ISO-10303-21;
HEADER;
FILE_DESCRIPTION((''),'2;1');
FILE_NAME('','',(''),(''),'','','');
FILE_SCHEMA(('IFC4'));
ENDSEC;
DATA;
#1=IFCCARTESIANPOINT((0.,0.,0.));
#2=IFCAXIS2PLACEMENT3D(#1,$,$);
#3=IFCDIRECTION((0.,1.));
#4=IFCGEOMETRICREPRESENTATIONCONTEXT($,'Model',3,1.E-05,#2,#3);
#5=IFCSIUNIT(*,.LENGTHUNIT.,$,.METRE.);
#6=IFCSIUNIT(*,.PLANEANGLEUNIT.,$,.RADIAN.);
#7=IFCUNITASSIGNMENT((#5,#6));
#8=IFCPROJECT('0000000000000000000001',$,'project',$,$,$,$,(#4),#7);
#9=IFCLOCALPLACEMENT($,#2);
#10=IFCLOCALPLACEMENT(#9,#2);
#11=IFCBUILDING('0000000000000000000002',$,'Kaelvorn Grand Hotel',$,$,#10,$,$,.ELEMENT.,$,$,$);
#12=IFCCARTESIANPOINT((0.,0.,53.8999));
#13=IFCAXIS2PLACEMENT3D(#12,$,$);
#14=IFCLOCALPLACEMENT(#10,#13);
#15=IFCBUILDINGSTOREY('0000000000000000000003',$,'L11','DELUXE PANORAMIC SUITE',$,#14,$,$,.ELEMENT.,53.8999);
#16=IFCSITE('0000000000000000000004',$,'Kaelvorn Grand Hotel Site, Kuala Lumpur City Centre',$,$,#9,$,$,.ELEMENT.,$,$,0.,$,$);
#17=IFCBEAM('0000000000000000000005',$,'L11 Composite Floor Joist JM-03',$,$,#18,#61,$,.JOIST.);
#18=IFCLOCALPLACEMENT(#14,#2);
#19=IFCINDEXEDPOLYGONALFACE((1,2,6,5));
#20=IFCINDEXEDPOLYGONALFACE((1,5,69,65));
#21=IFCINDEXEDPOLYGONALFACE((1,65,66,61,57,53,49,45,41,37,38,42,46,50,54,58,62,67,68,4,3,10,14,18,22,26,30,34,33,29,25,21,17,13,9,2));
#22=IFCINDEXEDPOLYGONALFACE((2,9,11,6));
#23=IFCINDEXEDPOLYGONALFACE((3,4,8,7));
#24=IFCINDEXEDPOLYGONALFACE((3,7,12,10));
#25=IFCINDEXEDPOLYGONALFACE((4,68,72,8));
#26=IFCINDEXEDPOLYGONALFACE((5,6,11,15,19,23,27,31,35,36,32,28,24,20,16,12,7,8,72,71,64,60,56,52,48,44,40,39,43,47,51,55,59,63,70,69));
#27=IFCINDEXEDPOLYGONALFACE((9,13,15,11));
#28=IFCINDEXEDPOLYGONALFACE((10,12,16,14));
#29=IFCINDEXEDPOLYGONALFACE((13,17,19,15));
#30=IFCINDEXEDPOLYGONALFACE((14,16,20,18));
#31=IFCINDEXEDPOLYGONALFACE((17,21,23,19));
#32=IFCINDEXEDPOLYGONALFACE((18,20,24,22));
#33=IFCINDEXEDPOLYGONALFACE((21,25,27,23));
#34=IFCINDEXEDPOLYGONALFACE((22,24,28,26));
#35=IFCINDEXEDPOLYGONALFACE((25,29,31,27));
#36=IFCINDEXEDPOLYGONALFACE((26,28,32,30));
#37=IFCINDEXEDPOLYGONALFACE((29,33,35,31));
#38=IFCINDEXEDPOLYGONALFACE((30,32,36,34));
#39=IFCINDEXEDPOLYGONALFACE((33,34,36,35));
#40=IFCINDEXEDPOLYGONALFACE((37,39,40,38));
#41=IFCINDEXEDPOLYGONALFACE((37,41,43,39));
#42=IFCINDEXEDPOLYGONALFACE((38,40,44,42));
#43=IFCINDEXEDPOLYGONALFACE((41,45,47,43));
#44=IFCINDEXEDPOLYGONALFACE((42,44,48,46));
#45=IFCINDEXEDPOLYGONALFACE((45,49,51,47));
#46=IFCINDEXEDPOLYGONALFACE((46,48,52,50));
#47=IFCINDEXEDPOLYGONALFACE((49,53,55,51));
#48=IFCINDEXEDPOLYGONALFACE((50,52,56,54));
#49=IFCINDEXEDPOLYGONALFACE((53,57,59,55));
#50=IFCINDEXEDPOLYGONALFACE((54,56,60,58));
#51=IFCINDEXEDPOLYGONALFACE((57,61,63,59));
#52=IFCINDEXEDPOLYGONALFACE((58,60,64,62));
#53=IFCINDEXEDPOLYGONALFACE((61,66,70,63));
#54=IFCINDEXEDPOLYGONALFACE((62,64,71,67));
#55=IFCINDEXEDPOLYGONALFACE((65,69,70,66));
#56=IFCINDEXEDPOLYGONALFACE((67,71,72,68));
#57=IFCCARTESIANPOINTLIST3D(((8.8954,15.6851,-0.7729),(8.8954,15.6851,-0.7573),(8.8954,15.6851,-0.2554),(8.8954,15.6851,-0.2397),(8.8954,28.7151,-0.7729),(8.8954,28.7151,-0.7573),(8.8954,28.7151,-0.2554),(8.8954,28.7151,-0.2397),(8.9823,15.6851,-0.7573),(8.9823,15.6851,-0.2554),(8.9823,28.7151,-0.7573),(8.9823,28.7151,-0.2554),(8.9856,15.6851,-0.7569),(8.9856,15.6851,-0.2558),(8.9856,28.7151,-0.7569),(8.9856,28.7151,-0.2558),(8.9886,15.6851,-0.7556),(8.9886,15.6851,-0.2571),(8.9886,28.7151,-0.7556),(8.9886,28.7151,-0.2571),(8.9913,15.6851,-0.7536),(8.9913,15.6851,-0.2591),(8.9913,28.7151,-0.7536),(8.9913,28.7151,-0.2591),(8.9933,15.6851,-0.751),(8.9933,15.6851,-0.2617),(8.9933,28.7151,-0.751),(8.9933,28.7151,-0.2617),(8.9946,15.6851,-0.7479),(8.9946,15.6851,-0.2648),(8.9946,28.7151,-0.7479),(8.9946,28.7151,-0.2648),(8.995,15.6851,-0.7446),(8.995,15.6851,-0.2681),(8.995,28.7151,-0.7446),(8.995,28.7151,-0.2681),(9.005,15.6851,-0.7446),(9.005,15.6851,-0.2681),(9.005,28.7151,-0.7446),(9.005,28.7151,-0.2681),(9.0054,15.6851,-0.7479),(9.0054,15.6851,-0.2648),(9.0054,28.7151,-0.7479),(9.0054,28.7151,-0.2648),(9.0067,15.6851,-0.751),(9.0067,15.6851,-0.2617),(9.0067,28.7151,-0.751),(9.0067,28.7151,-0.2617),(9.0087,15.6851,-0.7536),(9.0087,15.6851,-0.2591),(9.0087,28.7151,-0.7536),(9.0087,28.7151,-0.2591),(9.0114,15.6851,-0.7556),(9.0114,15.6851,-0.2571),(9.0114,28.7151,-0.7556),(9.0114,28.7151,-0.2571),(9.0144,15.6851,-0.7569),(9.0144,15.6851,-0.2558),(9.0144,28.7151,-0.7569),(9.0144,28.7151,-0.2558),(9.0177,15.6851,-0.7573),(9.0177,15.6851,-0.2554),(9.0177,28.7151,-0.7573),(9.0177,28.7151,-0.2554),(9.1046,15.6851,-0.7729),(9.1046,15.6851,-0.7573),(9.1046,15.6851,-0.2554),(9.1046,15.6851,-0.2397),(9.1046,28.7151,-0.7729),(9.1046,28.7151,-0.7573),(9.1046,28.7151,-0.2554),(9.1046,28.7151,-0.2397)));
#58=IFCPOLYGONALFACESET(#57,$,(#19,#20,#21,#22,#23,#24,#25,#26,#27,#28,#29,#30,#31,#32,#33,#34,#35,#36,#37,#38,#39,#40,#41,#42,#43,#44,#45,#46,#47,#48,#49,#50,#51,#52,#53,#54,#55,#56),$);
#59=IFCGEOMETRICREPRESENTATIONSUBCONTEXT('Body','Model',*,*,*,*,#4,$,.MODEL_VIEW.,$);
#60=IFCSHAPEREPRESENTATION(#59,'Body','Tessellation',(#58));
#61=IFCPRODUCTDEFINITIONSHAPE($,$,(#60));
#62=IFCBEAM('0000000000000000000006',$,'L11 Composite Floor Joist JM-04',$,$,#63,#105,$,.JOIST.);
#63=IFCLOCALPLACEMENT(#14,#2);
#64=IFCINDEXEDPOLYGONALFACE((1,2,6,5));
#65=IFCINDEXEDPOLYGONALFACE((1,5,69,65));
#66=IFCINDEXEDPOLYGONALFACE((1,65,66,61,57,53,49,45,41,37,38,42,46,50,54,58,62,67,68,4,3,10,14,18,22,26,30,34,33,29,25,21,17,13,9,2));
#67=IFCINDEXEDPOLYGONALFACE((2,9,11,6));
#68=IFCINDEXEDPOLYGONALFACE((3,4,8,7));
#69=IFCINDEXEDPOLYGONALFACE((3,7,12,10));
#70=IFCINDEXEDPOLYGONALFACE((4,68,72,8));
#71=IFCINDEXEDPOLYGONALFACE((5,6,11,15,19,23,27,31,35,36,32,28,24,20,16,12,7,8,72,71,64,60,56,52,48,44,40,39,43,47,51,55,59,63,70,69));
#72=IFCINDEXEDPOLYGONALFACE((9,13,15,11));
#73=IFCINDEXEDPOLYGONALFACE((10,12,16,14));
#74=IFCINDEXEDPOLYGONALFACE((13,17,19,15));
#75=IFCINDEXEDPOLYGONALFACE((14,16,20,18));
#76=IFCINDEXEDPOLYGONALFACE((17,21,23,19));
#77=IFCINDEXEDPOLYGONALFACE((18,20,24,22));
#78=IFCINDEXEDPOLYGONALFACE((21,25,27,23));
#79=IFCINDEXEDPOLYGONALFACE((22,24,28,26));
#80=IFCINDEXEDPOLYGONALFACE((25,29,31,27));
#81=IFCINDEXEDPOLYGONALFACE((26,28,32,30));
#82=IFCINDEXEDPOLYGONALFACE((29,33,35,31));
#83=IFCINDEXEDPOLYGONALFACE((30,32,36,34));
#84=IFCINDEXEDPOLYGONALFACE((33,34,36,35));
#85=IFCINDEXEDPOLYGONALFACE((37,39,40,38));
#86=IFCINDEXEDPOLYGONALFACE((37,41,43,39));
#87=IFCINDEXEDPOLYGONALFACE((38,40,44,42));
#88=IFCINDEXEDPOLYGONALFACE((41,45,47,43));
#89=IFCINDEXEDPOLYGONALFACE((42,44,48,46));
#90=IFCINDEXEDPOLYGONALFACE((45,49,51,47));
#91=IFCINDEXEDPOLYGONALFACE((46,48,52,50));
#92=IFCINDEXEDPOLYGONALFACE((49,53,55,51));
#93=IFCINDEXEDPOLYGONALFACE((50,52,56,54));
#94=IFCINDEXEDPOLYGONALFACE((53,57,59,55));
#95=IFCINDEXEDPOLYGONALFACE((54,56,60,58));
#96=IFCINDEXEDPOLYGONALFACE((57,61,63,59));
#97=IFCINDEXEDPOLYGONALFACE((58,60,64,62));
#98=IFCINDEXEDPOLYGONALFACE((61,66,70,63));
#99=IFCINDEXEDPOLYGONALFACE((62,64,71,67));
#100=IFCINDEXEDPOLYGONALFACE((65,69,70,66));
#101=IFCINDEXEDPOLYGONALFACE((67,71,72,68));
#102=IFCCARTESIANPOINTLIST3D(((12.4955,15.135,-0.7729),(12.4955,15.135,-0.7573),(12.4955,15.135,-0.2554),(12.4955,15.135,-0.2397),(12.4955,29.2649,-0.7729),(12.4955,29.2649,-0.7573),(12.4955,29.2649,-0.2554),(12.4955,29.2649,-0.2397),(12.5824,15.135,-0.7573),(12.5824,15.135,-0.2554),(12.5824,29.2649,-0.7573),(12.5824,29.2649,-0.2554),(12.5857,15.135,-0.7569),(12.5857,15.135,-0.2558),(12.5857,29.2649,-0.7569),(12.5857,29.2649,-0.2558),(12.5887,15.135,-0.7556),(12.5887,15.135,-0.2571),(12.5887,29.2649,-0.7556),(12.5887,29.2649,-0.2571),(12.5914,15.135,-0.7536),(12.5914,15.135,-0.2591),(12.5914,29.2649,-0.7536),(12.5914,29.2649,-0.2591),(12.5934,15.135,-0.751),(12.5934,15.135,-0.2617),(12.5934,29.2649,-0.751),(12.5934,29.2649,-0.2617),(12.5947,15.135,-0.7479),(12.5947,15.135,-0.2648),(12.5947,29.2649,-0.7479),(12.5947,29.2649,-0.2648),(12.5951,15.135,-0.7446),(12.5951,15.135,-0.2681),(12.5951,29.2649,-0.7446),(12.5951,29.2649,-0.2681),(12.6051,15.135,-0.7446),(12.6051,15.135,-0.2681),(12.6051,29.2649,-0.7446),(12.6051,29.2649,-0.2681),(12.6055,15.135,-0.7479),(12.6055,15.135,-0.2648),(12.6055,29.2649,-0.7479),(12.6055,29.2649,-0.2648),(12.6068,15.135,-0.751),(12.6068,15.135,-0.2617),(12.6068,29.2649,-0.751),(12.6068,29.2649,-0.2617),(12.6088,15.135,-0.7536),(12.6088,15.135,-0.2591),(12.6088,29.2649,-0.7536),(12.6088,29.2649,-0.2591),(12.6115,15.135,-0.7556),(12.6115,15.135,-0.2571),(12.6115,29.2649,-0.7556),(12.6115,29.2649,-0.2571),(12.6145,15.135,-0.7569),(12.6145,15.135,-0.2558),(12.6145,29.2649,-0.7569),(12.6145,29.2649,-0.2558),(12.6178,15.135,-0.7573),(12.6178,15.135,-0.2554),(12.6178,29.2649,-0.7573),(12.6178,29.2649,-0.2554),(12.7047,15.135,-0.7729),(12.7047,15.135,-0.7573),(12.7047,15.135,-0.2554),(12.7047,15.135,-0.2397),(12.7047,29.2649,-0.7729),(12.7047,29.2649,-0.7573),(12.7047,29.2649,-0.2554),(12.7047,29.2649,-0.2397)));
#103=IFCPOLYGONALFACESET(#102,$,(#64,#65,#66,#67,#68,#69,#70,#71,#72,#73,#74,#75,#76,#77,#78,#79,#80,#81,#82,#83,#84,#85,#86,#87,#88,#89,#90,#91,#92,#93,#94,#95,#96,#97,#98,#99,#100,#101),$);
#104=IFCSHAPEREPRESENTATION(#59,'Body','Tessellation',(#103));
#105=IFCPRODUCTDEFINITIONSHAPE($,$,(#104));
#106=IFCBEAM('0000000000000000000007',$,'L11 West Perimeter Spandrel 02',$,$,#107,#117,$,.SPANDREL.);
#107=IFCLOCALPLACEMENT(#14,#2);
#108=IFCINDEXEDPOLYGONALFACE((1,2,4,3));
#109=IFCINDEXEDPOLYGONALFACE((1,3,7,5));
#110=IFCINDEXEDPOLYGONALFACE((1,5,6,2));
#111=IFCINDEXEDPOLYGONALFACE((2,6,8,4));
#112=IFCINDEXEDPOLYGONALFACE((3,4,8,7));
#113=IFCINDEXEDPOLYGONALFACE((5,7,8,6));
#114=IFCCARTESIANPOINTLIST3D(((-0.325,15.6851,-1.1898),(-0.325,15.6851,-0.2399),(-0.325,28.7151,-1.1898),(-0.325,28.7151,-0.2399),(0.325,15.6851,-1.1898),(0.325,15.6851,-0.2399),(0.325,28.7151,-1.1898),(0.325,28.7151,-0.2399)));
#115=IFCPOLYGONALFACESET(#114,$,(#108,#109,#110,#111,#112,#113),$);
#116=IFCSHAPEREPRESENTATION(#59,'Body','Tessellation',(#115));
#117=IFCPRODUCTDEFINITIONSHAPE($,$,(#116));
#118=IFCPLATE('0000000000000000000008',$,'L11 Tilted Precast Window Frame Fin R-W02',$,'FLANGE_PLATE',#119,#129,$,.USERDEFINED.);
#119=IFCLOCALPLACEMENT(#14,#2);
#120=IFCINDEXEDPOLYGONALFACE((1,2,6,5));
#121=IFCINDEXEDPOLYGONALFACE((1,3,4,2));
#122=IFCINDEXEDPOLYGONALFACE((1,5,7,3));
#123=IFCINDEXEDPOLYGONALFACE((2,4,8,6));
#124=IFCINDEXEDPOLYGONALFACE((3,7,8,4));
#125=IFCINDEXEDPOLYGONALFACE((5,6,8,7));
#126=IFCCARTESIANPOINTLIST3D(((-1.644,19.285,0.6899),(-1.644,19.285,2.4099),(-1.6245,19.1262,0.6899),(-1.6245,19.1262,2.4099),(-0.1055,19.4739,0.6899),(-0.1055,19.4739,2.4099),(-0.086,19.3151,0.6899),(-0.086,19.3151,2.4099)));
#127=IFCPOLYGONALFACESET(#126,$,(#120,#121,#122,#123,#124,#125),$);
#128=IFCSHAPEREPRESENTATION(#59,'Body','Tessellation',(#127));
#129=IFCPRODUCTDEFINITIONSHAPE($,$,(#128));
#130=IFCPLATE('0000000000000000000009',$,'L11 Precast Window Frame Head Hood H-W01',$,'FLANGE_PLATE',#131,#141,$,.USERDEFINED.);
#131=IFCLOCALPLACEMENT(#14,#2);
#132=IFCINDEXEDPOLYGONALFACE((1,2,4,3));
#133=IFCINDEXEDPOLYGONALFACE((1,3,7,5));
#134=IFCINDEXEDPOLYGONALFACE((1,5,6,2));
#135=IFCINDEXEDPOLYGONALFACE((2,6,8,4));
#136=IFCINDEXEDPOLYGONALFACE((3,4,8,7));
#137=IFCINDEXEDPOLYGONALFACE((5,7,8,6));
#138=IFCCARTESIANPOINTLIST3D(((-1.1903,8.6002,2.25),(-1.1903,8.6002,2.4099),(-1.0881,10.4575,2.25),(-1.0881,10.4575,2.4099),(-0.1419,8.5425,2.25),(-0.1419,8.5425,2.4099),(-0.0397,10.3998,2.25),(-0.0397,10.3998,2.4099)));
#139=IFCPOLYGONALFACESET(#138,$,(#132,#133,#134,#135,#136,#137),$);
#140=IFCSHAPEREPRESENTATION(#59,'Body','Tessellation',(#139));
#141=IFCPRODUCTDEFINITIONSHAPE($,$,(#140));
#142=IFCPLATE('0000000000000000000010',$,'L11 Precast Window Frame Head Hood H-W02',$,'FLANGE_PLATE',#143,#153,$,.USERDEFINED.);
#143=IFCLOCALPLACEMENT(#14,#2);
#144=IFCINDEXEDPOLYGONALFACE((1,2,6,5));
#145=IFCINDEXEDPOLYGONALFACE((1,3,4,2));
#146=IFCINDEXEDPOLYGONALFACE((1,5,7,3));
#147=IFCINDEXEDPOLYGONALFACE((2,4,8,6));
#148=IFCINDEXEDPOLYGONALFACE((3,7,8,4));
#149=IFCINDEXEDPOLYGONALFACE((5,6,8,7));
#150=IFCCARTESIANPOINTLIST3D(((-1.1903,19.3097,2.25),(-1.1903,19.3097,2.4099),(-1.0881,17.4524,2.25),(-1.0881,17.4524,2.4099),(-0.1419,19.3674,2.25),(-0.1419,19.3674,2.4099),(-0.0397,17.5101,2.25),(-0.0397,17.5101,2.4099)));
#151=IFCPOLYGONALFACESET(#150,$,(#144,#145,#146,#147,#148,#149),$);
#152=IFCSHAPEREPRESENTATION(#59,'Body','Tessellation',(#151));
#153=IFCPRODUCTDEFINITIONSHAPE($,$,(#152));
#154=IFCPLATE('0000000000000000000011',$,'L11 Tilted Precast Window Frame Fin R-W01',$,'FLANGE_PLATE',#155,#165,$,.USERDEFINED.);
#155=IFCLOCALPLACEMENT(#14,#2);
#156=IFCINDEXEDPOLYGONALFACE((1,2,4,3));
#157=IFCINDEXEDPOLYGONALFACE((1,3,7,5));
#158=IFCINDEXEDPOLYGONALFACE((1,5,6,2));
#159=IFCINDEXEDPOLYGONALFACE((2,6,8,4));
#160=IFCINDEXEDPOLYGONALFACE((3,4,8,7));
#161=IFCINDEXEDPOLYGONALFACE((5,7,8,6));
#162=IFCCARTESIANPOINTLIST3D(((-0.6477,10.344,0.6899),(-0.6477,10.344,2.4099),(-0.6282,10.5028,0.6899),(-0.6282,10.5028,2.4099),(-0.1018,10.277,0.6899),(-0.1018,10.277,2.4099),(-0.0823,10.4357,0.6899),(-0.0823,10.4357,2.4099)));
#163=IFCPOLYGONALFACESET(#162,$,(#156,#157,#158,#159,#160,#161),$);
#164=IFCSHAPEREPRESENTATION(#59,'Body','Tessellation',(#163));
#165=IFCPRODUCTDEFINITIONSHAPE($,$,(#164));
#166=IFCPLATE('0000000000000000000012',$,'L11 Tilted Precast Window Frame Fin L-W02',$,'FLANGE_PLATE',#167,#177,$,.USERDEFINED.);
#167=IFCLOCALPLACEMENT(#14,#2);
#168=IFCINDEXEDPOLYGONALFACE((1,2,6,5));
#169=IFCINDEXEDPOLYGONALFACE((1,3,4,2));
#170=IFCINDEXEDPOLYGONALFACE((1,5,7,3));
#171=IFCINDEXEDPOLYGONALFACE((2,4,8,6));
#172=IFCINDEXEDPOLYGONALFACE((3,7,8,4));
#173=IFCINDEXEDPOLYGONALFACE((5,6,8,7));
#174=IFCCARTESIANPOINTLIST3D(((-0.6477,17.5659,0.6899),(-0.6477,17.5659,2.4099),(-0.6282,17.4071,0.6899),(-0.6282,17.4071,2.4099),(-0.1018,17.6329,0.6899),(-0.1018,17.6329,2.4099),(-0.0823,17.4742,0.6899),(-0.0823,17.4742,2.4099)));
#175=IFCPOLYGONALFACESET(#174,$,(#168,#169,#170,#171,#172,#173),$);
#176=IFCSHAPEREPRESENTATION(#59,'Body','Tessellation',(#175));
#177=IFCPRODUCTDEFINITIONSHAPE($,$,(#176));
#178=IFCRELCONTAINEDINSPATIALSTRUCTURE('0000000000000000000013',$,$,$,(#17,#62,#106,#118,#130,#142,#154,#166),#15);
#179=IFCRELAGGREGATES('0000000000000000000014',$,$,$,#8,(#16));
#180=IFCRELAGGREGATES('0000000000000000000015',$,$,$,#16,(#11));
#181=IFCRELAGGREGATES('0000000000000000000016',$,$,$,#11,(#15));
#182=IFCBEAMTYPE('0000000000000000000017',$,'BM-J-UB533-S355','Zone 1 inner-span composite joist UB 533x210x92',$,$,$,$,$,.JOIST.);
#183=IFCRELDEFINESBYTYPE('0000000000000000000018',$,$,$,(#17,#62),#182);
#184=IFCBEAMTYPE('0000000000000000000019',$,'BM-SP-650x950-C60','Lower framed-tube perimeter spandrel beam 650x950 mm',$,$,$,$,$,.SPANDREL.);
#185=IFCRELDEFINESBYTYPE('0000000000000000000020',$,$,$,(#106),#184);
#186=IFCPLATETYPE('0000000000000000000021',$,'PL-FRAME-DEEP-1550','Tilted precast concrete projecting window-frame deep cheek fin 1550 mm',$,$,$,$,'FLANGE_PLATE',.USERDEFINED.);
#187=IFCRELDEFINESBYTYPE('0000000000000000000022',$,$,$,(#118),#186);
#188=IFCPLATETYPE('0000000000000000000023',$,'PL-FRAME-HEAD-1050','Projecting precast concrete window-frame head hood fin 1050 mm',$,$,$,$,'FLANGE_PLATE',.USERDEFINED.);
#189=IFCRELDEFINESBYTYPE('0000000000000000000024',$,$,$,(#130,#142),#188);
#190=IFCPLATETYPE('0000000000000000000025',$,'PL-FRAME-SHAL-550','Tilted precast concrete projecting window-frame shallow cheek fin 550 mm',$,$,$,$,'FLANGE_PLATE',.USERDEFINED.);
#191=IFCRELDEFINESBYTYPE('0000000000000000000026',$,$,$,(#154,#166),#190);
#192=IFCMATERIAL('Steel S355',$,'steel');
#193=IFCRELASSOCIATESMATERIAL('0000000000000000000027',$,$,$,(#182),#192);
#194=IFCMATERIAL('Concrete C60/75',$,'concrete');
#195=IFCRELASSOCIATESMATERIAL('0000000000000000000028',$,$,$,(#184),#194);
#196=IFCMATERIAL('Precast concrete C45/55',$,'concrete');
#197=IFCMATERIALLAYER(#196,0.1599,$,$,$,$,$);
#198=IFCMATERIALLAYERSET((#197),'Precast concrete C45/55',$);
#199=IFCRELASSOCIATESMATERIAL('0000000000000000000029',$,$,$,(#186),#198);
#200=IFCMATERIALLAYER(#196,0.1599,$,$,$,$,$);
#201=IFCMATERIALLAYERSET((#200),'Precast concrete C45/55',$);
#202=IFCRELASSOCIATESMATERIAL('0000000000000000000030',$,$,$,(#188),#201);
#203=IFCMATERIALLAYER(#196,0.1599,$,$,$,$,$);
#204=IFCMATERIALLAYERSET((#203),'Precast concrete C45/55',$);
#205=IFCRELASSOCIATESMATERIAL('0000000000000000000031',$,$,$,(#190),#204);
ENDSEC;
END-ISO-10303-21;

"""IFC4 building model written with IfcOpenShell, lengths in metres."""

from ifc_helpers import new_model, si_unit, direction, frame, origin, origin_2d, place, context, subcontext, project, spatial, rectangle, i_section, extrude, material, layer, layer_set, material_profile, profile_set, type_object, element, save


model = new_model("IFC4")

# Units and contexts
model_context = context("Model", 3, precision=1e-05, world=origin(), true_north=direction((0.0, 1.0)))
body_context = subcontext(model_context, "Body", "Model", "MODEL_VIEW")
ifc_project = project(units=[si_unit("LENGTHUNIT", "METRE"), si_unit("PLANEANGLEUNIT", "RADIAN")], contexts=[model_context])

# Site, building, storey
site_placement = place(None, origin())
site = spatial("IfcSite", under=ifc_project, at=site_placement, Name="Kaelvorn Grand Hotel Site, Kuala Lumpur City Centre", CompositionType="ELEMENT", RefElevation=0.0)
building_placement = place(site_placement, origin())
building = spatial("IfcBuilding", under=site, at=building_placement, Name="Kaelvorn Grand Hotel", CompositionType="ELEMENT")
storey_placement = place(building_placement, frame((0.0, 0.0, 53.8999)))
storey = spatial("IfcBuildingStorey", under=building, at=storey_placement, Name="L11", Description="DELUXE PANORAMIC SUITE", CompositionType="ELEMENT", Elevation=53.8999)

# Beams
ifc_material_1 = material(Name="Steel S355", Category="steel")
ifc_material_profile_1 = material_profile(ifc_material_1, i_section(OverallWidth=0.2092, OverallDepth=0.5332, WebThickness=0.01, FlangeThickness=0.0156, FilletRadius=0.0127, at=origin_2d()), Name="UB 533x210x92")
ifc_profile_set_1 = profile_set([ifc_material_profile_1], Name="Steel S355")
beam_type_1 = type_object("IfcBeamType", Name="BM-J-UB533-S355", Description="Zone 1 inner-span composite joist UB 533x210x92", PredefinedType="JOIST", material=ifc_profile_set_1)
beam_1_placement = place(storey_placement, frame((9.0, 15.6851, -0.5063), z_axis=(0.0, 1.0, 0.0), x_axis=(-1.0, 0.0, 0.0)))
element("IfcBeam", 1, at=beam_1_placement, inside=storey, type_object=beam_type_1, Name="L11 Composite Floor Joist JM-03", PredefinedType="JOIST", context=body_context, shape_type="SweptSolid", body=[
    extrude(i_section(OverallWidth=0.2092, OverallDepth=0.5332, WebThickness=0.01, FlangeThickness=0.0156, FilletRadius=0.0127, at=origin_2d()), origin(), (0.0, 0.0, 1.0), 13.03),
])
beam_2_placement = place(storey_placement, frame((12.6001, 15.135, -0.5063), z_axis=(0.0, 1.0, 0.0), x_axis=(-1.0, 0.0, 0.0)))
element("IfcBeam", 2, at=beam_2_placement, inside=storey, type_object=beam_type_1, Name="L11 Composite Floor Joist JM-04", PredefinedType="JOIST", context=body_context, shape_type="SweptSolid", body=[
    extrude(i_section(OverallWidth=0.2092, OverallDepth=0.5332, WebThickness=0.01, FlangeThickness=0.0156, FilletRadius=0.0127, at=origin_2d()), origin(), (0.0, 0.0, 1.0), 14.1299),
])
ifc_material_2 = material(Name="Concrete C60/75", Category="concrete")
ifc_material_profile_2 = material_profile(ifc_material_2, rectangle(XDim=0.6499, YDim=0.95, at=origin_2d()), Name="RC SPANDREL 650x950")
ifc_profile_set_2 = profile_set([ifc_material_profile_2], Name="Concrete C60/75")
beam_type_2 = type_object("IfcBeamType", Name="BM-SP-650x950-C60", Description="Lower framed-tube perimeter spandrel beam 650x950 mm", PredefinedType="SPANDREL", material=ifc_profile_set_2)
beam_3_placement = place(storey_placement, frame((0.0, 15.6851, -0.7148), z_axis=(0.0, 1.0, 0.0), x_axis=(-1.0, 0.0, 0.0)))
element("IfcBeam", 3, at=beam_3_placement, inside=storey, type_object=beam_type_2, Name="L11 West Perimeter Spandrel 02", PredefinedType="SPANDREL", context=body_context, shape_type="SweptSolid", body=[
    extrude(rectangle(XDim=0.6499, YDim=0.95, at=origin_2d()), origin(), (0.0, 0.0, 1.0), 13.03),
])

# Plates
ifc_material_3 = material(Name="Precast concrete C45/55", Category="concrete")
ifc_layer_1 = layer(ifc_material_3, 0.1599)
ifc_layer_set_1 = layer_set([ifc_layer_1], Name="Precast concrete C45/55")
plate_type_1 = type_object("IfcPlateType", Name="PL-FRAME-DEEP-1550", Description="Tilted precast concrete projecting window-frame deep cheek fin 1550 mm", ElementType="FLANGE_PLATE", PredefinedType="USERDEFINED", material=ifc_layer_set_1)
plate_placement = place(storey_placement, frame((-0.865, 19.3, 0.6899), z_axis=(0.0, 0.0, 1.0), x_axis=(-0.121869, 0.992546, 0.0)))
element("IfcPlate", 4, at=plate_placement, inside=storey, type_object=plate_type_1, Name="L11 Tilted Precast Window Frame Fin R-W02", ObjectType="FLANGE_PLATE", PredefinedType="USERDEFINED", context=body_context, shape_type="SweptSolid", body=[
    extrude(rectangle(XDim=0.1599, YDim=1.55, at=origin_2d()), origin(), (0.0, 0.0, 1.0), 1.72),
])
ifc_layer_2 = layer(ifc_material_3, 0.1599)
ifc_layer_set_2 = layer_set([ifc_layer_2], Name="Precast concrete C45/55")
plate_type_2 = type_object("IfcPlateType", Name="PL-FRAME-HEAD-1050", Description="Projecting precast concrete window-frame head hood fin 1050 mm", ElementType="FLANGE_PLATE", PredefinedType="USERDEFINED", material=ifc_layer_set_2)
for number, where, z_axis, x_axis, name in (
    (5, (-0.615, 9.5, 2.25), (0.0, 0.0, 1.0), (0.05495, 0.998489, 0.0), "L11 Precast Window Frame Head Hood H-W01"),
    (6, (-0.615, 18.4099, 2.25), (0.0, 0.0, 1.0), (-0.05495, 0.998489, 0.0), "L11 Precast Window Frame Head Hood H-W02"),
):
    element("IfcPlate", number, at=place(storey_placement, frame(where, z_axis=z_axis, x_axis=x_axis)), inside=storey, type_object=plate_type_2, Name=name, ObjectType="FLANGE_PLATE", PredefinedType="USERDEFINED", context=body_context, shape_type="SweptSolid", body=[
        extrude(rectangle(XDim=1.8601, YDim=1.05, at=origin_2d()), origin(), (0.0, 0.0, 1.0), 0.1599),
    ])
ifc_layer_3 = layer(ifc_material_3, 0.1599)
ifc_layer_set_3 = layer_set([ifc_layer_3], Name="Precast concrete C45/55")
plate_type_3 = type_object("IfcPlateType", Name="PL-FRAME-SHAL-550", Description="Tilted precast concrete projecting window-frame shallow cheek fin 550 mm", ElementType="FLANGE_PLATE", PredefinedType="USERDEFINED", material=ifc_layer_set_3)
for number, where, z_axis, x_axis, name in (
    (7, (-0.365, 10.3899, 0.6899), (0.0, 0.0, 1.0), (0.121869, 0.992546, 0.0), "L11 Tilted Precast Window Frame Fin R-W01"),
    (8, (-0.365, 17.52, 0.6899), (0.0, 0.0, 1.0), (-0.121869, 0.992546, 0.0), "L11 Tilted Precast Window Frame Fin L-W02"),
):
    element("IfcPlate", number, at=place(storey_placement, frame(where, z_axis=z_axis, x_axis=x_axis)), inside=storey, type_object=plate_type_3, Name=name, ObjectType="FLANGE_PLATE", PredefinedType="USERDEFINED", context=body_context, shape_type="SweptSolid", body=[
        extrude(rectangle(XDim=0.1599, YDim=0.55, at=origin_2d()), origin(), (0.0, 0.0, 1.0), 1.72),
    ])

save(model, "model.ifc")
